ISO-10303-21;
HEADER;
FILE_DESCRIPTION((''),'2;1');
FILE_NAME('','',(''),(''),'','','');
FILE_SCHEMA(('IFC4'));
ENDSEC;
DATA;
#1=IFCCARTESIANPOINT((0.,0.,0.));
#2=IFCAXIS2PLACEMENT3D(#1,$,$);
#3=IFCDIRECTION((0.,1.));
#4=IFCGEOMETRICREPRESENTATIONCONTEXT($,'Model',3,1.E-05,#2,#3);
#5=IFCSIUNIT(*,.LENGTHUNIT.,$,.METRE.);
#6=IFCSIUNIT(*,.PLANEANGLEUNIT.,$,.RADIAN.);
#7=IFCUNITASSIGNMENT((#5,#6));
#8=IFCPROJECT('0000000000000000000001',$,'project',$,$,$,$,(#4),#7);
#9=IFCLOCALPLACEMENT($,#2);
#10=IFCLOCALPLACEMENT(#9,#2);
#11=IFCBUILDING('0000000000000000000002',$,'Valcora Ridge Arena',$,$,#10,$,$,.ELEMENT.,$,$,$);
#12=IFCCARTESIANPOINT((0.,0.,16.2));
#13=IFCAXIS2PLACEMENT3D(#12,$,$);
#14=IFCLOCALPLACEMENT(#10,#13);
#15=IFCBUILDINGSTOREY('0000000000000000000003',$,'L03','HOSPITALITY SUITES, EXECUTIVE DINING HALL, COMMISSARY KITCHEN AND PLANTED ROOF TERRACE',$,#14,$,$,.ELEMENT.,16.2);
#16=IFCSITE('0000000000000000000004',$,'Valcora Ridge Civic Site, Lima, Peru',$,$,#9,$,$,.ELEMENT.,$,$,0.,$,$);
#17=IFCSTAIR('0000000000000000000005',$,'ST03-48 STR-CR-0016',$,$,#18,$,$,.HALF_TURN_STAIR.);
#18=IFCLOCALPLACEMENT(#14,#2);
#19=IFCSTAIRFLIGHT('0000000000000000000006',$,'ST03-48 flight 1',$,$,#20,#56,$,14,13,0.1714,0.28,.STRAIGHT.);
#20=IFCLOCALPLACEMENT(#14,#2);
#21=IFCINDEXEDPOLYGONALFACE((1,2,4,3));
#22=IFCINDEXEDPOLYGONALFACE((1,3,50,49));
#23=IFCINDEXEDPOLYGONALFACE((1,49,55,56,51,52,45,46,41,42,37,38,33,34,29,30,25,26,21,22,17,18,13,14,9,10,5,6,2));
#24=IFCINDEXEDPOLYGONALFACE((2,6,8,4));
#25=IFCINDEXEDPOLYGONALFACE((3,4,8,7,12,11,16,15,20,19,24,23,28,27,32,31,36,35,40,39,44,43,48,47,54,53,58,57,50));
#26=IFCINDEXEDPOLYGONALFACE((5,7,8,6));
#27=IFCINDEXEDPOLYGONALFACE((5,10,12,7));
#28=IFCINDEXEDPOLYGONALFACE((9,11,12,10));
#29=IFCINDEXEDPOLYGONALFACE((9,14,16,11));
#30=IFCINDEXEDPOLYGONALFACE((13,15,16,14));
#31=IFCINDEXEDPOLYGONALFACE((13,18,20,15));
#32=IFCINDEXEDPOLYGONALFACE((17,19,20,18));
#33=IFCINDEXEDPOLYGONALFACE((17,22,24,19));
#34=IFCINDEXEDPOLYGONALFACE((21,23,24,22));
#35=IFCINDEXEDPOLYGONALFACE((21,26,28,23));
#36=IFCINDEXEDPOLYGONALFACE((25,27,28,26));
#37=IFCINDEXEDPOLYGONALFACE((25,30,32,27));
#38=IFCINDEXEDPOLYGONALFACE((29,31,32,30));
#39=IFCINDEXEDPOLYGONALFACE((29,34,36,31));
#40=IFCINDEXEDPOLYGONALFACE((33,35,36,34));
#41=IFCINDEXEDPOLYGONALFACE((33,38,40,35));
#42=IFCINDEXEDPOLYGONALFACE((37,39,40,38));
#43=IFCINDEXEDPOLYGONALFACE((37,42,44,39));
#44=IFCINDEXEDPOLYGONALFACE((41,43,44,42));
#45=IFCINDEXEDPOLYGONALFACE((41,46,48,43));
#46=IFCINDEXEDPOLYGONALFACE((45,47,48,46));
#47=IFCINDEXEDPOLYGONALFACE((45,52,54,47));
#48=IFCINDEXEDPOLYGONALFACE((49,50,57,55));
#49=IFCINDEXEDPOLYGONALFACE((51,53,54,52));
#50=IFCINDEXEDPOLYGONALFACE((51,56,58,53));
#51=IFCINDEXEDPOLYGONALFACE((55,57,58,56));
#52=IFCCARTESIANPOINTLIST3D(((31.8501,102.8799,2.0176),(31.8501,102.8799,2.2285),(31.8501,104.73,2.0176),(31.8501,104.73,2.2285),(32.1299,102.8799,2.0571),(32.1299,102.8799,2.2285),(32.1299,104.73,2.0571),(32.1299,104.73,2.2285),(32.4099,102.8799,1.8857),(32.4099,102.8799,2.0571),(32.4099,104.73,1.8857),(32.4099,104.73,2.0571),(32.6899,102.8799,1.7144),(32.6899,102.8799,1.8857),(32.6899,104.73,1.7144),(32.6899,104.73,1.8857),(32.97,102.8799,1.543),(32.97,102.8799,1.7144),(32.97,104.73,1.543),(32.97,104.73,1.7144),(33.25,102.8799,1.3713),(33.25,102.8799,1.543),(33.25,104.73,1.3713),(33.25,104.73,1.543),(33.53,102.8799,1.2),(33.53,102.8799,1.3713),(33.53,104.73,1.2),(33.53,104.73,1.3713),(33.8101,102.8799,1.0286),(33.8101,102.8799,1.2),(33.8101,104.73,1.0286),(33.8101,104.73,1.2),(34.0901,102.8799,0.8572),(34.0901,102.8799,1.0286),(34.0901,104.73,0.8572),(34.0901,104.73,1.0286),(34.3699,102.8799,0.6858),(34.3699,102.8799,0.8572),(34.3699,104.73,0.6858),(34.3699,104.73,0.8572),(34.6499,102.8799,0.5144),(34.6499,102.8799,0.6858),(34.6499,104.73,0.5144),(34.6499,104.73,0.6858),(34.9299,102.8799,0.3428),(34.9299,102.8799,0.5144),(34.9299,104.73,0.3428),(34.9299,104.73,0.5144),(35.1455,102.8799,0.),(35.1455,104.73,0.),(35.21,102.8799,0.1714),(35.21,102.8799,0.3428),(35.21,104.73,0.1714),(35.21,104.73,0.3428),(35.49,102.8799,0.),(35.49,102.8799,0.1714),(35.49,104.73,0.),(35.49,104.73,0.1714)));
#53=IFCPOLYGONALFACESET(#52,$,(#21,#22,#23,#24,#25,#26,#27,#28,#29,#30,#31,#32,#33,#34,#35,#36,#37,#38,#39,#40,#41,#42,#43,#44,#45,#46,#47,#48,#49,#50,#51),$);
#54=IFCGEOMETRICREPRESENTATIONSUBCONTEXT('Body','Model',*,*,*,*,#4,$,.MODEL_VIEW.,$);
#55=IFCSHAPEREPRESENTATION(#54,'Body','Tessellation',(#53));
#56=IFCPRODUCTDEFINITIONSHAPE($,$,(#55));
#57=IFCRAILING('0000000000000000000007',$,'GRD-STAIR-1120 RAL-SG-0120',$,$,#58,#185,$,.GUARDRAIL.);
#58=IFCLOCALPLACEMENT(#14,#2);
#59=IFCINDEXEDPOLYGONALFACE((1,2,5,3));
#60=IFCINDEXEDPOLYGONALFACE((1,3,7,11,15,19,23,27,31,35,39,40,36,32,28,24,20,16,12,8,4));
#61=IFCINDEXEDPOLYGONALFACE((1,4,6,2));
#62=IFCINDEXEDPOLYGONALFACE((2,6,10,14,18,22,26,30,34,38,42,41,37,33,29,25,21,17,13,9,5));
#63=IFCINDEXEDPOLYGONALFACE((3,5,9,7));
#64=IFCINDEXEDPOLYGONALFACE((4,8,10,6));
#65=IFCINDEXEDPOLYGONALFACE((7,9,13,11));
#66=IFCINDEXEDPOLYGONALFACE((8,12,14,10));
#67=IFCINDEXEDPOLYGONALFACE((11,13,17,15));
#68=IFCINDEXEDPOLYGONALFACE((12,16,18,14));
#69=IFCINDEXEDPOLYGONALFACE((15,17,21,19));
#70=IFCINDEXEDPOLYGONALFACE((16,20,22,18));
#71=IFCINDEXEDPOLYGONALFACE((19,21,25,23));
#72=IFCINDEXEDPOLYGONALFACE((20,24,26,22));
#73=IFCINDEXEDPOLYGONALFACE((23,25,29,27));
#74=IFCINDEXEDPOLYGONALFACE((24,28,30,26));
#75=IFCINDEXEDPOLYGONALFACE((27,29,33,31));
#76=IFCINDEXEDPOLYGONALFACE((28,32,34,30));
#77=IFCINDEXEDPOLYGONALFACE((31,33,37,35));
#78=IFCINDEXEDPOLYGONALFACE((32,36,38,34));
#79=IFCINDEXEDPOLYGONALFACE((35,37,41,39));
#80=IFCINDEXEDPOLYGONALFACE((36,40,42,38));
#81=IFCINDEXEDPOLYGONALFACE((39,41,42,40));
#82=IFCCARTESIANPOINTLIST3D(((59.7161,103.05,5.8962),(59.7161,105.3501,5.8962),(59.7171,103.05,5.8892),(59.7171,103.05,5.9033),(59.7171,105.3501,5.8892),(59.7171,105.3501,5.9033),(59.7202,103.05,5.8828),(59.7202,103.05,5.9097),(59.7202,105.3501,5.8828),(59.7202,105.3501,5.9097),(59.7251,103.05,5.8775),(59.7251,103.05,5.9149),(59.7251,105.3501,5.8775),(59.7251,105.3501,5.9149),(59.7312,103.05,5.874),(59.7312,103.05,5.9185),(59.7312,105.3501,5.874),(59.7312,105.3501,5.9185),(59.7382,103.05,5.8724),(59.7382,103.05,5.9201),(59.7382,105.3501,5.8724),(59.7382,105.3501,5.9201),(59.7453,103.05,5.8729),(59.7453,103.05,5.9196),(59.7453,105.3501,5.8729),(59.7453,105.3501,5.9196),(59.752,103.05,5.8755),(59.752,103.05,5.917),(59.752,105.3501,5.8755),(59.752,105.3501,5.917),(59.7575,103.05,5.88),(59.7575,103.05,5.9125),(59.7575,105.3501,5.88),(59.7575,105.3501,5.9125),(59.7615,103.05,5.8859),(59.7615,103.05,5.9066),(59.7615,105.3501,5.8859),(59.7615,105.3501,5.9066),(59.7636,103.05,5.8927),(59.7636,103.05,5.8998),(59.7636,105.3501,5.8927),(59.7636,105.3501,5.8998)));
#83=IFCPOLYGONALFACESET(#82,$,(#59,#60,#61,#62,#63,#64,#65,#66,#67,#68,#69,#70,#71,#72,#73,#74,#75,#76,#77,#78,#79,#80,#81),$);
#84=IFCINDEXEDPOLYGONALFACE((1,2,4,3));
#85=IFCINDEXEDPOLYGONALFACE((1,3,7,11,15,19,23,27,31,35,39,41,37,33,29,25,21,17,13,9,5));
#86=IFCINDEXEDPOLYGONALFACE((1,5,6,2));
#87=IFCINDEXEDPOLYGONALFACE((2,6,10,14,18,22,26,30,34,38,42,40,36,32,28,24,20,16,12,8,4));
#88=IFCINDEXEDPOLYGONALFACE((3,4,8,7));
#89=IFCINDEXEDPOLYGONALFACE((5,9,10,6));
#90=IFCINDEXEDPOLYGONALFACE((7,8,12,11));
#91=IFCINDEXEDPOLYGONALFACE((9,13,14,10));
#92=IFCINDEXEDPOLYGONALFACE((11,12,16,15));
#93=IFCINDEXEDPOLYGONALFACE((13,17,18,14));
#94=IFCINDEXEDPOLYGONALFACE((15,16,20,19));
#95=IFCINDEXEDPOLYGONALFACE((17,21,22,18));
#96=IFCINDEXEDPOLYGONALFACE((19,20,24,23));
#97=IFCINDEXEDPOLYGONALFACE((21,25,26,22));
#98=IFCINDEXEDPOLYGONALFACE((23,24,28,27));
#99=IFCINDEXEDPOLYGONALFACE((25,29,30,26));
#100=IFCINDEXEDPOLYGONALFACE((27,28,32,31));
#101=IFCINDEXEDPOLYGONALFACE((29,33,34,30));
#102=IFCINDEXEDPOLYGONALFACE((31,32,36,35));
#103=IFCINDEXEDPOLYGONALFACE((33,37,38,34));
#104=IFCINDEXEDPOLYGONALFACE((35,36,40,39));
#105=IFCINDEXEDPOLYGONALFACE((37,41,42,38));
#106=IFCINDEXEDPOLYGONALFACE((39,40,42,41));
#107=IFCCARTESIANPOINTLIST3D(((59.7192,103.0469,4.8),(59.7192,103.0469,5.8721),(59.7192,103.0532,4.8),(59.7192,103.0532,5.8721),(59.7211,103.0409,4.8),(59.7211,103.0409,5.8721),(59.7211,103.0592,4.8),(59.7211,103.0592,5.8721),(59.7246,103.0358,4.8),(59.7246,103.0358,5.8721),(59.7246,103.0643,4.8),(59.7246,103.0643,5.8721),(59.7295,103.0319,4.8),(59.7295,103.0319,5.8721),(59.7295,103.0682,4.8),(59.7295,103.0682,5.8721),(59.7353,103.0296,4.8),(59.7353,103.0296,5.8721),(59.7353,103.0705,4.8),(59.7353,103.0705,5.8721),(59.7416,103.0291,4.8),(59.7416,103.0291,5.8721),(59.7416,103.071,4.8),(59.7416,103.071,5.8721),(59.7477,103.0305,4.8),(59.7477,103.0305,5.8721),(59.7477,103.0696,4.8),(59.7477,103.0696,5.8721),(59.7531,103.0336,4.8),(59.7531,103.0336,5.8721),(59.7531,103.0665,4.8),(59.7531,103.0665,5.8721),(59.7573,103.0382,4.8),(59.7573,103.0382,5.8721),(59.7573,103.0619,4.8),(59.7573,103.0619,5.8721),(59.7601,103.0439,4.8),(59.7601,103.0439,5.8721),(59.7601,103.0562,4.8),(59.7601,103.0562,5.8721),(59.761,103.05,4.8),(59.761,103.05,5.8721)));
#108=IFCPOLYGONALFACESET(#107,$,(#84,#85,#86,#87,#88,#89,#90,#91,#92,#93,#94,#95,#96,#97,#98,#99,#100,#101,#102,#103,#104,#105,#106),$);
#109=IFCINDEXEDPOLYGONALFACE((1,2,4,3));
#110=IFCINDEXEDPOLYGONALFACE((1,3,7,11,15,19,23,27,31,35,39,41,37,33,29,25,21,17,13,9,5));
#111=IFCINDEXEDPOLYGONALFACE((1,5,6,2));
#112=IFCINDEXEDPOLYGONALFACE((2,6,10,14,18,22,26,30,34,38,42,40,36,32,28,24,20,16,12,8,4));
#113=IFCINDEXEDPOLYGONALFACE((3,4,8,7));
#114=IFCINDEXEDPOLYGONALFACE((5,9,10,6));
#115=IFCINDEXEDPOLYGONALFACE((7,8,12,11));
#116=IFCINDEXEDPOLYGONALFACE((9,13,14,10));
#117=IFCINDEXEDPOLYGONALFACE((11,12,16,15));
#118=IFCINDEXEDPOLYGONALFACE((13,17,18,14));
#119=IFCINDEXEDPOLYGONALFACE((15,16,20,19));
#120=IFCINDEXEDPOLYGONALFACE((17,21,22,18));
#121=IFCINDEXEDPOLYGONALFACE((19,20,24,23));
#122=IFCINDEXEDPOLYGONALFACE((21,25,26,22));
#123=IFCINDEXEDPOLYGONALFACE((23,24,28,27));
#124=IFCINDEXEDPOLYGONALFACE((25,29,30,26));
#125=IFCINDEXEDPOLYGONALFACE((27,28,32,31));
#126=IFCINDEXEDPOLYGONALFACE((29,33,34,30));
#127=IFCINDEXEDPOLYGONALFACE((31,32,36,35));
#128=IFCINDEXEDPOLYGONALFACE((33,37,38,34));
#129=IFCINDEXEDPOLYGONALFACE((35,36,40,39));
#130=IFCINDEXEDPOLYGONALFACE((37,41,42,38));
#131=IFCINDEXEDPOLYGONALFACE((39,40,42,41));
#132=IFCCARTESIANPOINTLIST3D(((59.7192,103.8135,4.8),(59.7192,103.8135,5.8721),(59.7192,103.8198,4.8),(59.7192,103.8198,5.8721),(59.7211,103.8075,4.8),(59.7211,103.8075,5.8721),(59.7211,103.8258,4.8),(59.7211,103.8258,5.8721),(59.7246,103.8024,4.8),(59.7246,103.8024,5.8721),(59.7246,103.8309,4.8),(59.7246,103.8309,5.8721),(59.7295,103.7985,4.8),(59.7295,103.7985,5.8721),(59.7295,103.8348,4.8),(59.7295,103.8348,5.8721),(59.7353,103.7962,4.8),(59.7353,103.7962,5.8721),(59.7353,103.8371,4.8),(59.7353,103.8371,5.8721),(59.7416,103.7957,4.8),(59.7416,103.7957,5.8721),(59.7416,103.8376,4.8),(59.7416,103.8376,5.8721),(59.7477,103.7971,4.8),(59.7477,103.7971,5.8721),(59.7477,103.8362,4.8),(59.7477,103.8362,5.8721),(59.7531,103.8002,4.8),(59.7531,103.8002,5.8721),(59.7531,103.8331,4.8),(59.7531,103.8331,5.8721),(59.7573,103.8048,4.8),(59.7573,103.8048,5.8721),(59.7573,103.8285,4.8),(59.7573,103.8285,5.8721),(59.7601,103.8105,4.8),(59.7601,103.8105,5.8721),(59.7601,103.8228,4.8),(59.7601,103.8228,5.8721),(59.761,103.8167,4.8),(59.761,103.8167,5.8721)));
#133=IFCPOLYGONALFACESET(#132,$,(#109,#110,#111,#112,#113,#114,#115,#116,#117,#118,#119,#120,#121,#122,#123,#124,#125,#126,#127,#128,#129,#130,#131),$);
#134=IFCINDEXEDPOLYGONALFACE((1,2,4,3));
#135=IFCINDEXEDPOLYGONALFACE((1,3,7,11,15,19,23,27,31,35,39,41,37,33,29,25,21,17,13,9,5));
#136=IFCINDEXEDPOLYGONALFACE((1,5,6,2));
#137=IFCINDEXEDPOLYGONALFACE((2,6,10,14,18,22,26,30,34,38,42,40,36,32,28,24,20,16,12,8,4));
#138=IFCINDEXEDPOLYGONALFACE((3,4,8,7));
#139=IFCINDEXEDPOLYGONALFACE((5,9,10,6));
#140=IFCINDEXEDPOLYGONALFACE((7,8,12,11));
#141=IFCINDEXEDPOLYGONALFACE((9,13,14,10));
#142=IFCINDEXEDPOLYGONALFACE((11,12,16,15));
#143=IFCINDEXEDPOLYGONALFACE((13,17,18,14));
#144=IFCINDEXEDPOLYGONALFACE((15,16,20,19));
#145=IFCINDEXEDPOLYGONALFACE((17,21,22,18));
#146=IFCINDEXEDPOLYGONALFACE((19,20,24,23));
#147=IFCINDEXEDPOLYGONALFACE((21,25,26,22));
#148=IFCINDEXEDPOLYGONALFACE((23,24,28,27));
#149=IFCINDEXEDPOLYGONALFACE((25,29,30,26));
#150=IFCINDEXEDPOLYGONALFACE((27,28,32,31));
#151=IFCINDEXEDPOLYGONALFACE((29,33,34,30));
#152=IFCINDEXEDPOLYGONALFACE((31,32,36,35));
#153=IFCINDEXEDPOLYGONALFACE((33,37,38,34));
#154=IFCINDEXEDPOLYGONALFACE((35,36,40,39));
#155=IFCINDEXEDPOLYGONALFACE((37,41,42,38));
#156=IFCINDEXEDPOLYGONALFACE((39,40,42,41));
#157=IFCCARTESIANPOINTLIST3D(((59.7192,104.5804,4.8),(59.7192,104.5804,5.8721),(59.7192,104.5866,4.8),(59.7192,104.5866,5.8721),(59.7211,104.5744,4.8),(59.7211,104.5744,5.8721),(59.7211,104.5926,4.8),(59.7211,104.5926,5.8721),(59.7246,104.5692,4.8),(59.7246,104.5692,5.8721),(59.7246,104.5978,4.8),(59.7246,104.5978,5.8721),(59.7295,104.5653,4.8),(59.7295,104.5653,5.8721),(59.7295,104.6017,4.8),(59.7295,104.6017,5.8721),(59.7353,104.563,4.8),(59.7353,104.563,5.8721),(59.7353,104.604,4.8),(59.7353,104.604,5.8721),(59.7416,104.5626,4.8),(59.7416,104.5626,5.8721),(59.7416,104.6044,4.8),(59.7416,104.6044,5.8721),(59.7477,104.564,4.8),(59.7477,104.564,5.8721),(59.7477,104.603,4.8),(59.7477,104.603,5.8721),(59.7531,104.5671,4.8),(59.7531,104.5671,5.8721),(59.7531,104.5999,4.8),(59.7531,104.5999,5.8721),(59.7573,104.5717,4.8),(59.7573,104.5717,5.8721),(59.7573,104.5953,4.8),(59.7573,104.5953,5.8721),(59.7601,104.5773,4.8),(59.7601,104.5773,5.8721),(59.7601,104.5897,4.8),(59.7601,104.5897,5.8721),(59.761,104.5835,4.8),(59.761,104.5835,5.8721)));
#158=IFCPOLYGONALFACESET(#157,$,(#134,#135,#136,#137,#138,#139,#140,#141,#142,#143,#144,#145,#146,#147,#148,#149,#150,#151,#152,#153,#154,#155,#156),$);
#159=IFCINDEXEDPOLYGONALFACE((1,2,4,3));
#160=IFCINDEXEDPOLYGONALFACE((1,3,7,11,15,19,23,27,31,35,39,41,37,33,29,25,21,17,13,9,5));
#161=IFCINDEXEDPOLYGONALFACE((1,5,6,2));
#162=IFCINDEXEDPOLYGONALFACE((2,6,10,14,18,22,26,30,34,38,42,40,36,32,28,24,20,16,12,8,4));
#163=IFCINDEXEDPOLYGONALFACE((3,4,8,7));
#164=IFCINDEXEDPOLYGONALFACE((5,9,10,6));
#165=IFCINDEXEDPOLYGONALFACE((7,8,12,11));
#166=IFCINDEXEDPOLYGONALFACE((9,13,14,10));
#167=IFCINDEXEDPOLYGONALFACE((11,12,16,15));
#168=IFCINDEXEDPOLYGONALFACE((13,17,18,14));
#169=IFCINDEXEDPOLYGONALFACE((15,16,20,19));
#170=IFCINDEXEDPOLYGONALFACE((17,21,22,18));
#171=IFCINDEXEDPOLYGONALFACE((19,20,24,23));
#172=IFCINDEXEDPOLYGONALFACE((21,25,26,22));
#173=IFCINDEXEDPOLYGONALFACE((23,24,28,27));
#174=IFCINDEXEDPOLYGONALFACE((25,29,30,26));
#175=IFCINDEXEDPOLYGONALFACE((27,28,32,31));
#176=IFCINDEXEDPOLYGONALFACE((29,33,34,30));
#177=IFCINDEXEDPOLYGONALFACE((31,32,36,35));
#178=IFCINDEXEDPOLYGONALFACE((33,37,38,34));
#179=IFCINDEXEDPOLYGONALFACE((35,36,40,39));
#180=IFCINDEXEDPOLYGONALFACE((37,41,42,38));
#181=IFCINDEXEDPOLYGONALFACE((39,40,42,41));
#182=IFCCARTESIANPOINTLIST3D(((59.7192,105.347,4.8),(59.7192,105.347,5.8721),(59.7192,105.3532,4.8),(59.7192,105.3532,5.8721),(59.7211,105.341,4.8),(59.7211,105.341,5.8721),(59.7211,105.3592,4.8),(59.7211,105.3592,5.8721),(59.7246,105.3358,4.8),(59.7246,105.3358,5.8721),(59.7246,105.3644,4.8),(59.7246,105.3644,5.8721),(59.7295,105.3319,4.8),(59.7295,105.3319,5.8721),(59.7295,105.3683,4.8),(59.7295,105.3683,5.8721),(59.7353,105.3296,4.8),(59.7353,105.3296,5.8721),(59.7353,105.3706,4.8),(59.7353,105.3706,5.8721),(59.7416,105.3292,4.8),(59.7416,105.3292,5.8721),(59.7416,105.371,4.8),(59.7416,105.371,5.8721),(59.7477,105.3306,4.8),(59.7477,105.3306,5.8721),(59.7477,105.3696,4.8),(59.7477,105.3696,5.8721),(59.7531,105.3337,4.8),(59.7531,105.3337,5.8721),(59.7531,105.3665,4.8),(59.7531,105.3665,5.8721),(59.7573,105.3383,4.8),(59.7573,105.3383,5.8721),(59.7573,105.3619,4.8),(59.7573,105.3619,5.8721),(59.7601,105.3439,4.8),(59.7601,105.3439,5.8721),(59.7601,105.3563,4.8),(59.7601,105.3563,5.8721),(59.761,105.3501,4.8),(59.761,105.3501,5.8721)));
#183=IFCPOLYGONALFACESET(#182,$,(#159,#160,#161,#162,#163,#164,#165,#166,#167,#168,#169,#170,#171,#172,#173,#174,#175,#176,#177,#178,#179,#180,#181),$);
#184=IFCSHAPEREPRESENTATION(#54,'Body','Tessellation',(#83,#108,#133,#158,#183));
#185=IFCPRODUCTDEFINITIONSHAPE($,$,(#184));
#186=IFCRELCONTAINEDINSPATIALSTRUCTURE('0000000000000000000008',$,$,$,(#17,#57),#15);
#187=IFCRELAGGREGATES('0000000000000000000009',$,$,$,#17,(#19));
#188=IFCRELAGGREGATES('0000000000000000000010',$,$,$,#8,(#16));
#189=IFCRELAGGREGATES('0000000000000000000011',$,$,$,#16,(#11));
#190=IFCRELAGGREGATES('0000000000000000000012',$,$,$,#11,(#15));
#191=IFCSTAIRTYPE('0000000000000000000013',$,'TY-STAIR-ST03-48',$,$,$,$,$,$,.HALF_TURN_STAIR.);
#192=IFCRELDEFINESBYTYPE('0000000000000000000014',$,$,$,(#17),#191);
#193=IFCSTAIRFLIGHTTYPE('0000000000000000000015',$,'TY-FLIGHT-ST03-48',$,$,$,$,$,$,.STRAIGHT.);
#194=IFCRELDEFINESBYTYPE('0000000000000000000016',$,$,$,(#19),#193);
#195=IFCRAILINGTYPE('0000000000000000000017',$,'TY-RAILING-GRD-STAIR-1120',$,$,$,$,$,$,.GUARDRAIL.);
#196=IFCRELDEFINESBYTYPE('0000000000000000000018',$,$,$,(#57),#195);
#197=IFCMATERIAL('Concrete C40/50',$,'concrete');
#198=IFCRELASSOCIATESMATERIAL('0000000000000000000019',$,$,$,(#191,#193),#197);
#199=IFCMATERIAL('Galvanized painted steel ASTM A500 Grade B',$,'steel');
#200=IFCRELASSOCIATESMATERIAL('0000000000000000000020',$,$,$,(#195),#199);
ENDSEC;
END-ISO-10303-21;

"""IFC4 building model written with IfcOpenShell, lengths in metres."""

from ifc_helpers import new_model, si_unit, direction, frame, origin, origin_2d, place, context, subcontext, project, spatial, polyline, circle, outline, extrude, material, type_object, element, aggregate, save


model = new_model("IFC4")

# Units and contexts
model_context = context("Model", 3, precision=1e-05, world=origin(), true_north=direction((0.0, 1.0)))
body_context = subcontext(model_context, "Body", "Model", "MODEL_VIEW")
ifc_project = project(units=[si_unit("LENGTHUNIT", "METRE"), si_unit("PLANEANGLEUNIT", "RADIAN")], contexts=[model_context])

# Site, building, storey
site_placement = place(None, origin())
site = spatial("IfcSite", under=ifc_project, at=site_placement, Name="Valcora Ridge Civic Site, Lima, Peru", CompositionType="ELEMENT", RefElevation=0.0)
building_placement = place(site_placement, origin())
building = spatial("IfcBuilding", under=site, at=building_placement, Name="Valcora Ridge Arena", CompositionType="ELEMENT")
storey_placement = place(building_placement, frame((0.0, 0.0, 16.2)))
storey = spatial("IfcBuildingStorey", under=building, at=storey_placement, Name="L03", Description="HOSPITALITY SUITES, EXECUTIVE DINING HALL, COMMISSARY KITCHEN AND PLANTED ROOF TERRACE", CompositionType="ELEMENT", Elevation=16.2)

# Shared definitions
ifc_material_1 = material(Name="Concrete C40/50", Category="concrete")

# Stair, stair flight
stair_type_1 = type_object("IfcStairType", Name="TY-STAIR-ST03-48", PredefinedType="HALF_TURN_STAIR", material=ifc_material_1)
stair_1_placement = place(storey_placement, origin())
stair_1 = element("IfcStair", 1, at=stair_1_placement, inside=storey, type_object=stair_type_1, Name="ST03-48 STR-CR-0016", PredefinedType="HALF_TURN_STAIR")
stair_flight_type_1 = type_object("IfcStairFlightType", Name="TY-FLIGHT-ST03-48", PredefinedType="STRAIGHT", material=ifc_material_1)
stair_flight_1_placement = place(storey_placement, frame((35.49, 103.8049, 0.0), z_axis=(0.0, 0.0, 1.0), x_axis=(-1.0, 0.0, 0.0)))
stair_flight_1 = element("IfcStairFlight", 2, at=stair_flight_1_placement, type_object=stair_flight_type_1, Name="ST03-48 flight 1", NumberOfRisers=14, NumberOfTreads=13, PredefinedType="STRAIGHT", RiserHeight=0.1714, TreadLength=0.28, context=body_context, shape_type="SweptSolid", body=[
    extrude(outline(polyline([(0.0, 0.0), (0.0, 0.1714), (0.28, 0.1714), (0.28, 0.3428), (0.5601, 0.3428), (0.5601, 0.5144), (0.8401, 0.5144), (0.8401, 0.6858), (1.1201, 0.6858), (1.1201, 0.8572), (1.3999, 0.8572), (1.3999, 1.0286), (1.6799, 1.0286), (1.6799, 1.2), (1.96, 1.2), (1.96, 1.3713), (2.24, 1.3713), (2.24, 1.543), (2.52, 1.543), (2.52, 1.7144), (2.8, 1.7144), (2.8, 1.8857), (3.0801, 1.8857), (3.0801, 2.0571), (3.3601, 2.0571), (3.3601, 2.2285), (3.6399, 2.2285), (3.6399, 2.3999), (3.6399, 2.0176), (0.3445, 0.0), (0.0, 0.0)])), frame((0.0, 0.925, 0.0), z_axis=(0.0, -1.0, 0.0), x_axis=(1.0, 0.0, 0.0)), (0.0, 0.0, 1.0), 1.8501),
])
aggregate(stair_1, [stair_flight_1])

# Railing
ifc_material_2 = material(Name="Galvanized painted steel ASTM A500 Grade B", Category="steel")
railing_type_1 = type_object("IfcRailingType", Name="TY-RAILING-GRD-STAIR-1120", PredefinedType="GUARDRAIL", material=ifc_material_2)
railing_placement = place(storey_placement, frame((59.74, 103.05, 4.8)))
element("IfcRailing", 3, at=railing_placement, inside=storey, type_object=railing_type_1, Name="GRD-STAIR-1120 RAL-SG-0120", PredefinedType="GUARDRAIL", context=body_context, shape_type="SweptSolid", body=[
    extrude(circle(Radius=0.0239, at=origin_2d()), frame((0.0, 0.0, 1.0962), z_axis=(0.0, 1.0, 0.0), x_axis=(-1.0, 0.0, 0.0)), (0.0, 0.0, 1.0), 2.3),
    extrude(circle(Radius=0.021, at=origin_2d()), origin(), (0.0, 0.0, 1.0), 1.072),
    extrude(circle(Radius=0.021, at=origin_2d()), frame((0.0, 0.7666, 0.0)), (0.0, 0.0, 1.0), 1.072),
    extrude(circle(Radius=0.021, at=origin_2d()), frame((0.0, 1.5334, 0.0)), (0.0, 0.0, 1.0), 1.072),
    extrude(circle(Radius=0.021, at=origin_2d()), frame((0.0, 2.3, 0.0)), (0.0, 0.0, 1.0), 1.072),
])

save(model, "model.ifc")
